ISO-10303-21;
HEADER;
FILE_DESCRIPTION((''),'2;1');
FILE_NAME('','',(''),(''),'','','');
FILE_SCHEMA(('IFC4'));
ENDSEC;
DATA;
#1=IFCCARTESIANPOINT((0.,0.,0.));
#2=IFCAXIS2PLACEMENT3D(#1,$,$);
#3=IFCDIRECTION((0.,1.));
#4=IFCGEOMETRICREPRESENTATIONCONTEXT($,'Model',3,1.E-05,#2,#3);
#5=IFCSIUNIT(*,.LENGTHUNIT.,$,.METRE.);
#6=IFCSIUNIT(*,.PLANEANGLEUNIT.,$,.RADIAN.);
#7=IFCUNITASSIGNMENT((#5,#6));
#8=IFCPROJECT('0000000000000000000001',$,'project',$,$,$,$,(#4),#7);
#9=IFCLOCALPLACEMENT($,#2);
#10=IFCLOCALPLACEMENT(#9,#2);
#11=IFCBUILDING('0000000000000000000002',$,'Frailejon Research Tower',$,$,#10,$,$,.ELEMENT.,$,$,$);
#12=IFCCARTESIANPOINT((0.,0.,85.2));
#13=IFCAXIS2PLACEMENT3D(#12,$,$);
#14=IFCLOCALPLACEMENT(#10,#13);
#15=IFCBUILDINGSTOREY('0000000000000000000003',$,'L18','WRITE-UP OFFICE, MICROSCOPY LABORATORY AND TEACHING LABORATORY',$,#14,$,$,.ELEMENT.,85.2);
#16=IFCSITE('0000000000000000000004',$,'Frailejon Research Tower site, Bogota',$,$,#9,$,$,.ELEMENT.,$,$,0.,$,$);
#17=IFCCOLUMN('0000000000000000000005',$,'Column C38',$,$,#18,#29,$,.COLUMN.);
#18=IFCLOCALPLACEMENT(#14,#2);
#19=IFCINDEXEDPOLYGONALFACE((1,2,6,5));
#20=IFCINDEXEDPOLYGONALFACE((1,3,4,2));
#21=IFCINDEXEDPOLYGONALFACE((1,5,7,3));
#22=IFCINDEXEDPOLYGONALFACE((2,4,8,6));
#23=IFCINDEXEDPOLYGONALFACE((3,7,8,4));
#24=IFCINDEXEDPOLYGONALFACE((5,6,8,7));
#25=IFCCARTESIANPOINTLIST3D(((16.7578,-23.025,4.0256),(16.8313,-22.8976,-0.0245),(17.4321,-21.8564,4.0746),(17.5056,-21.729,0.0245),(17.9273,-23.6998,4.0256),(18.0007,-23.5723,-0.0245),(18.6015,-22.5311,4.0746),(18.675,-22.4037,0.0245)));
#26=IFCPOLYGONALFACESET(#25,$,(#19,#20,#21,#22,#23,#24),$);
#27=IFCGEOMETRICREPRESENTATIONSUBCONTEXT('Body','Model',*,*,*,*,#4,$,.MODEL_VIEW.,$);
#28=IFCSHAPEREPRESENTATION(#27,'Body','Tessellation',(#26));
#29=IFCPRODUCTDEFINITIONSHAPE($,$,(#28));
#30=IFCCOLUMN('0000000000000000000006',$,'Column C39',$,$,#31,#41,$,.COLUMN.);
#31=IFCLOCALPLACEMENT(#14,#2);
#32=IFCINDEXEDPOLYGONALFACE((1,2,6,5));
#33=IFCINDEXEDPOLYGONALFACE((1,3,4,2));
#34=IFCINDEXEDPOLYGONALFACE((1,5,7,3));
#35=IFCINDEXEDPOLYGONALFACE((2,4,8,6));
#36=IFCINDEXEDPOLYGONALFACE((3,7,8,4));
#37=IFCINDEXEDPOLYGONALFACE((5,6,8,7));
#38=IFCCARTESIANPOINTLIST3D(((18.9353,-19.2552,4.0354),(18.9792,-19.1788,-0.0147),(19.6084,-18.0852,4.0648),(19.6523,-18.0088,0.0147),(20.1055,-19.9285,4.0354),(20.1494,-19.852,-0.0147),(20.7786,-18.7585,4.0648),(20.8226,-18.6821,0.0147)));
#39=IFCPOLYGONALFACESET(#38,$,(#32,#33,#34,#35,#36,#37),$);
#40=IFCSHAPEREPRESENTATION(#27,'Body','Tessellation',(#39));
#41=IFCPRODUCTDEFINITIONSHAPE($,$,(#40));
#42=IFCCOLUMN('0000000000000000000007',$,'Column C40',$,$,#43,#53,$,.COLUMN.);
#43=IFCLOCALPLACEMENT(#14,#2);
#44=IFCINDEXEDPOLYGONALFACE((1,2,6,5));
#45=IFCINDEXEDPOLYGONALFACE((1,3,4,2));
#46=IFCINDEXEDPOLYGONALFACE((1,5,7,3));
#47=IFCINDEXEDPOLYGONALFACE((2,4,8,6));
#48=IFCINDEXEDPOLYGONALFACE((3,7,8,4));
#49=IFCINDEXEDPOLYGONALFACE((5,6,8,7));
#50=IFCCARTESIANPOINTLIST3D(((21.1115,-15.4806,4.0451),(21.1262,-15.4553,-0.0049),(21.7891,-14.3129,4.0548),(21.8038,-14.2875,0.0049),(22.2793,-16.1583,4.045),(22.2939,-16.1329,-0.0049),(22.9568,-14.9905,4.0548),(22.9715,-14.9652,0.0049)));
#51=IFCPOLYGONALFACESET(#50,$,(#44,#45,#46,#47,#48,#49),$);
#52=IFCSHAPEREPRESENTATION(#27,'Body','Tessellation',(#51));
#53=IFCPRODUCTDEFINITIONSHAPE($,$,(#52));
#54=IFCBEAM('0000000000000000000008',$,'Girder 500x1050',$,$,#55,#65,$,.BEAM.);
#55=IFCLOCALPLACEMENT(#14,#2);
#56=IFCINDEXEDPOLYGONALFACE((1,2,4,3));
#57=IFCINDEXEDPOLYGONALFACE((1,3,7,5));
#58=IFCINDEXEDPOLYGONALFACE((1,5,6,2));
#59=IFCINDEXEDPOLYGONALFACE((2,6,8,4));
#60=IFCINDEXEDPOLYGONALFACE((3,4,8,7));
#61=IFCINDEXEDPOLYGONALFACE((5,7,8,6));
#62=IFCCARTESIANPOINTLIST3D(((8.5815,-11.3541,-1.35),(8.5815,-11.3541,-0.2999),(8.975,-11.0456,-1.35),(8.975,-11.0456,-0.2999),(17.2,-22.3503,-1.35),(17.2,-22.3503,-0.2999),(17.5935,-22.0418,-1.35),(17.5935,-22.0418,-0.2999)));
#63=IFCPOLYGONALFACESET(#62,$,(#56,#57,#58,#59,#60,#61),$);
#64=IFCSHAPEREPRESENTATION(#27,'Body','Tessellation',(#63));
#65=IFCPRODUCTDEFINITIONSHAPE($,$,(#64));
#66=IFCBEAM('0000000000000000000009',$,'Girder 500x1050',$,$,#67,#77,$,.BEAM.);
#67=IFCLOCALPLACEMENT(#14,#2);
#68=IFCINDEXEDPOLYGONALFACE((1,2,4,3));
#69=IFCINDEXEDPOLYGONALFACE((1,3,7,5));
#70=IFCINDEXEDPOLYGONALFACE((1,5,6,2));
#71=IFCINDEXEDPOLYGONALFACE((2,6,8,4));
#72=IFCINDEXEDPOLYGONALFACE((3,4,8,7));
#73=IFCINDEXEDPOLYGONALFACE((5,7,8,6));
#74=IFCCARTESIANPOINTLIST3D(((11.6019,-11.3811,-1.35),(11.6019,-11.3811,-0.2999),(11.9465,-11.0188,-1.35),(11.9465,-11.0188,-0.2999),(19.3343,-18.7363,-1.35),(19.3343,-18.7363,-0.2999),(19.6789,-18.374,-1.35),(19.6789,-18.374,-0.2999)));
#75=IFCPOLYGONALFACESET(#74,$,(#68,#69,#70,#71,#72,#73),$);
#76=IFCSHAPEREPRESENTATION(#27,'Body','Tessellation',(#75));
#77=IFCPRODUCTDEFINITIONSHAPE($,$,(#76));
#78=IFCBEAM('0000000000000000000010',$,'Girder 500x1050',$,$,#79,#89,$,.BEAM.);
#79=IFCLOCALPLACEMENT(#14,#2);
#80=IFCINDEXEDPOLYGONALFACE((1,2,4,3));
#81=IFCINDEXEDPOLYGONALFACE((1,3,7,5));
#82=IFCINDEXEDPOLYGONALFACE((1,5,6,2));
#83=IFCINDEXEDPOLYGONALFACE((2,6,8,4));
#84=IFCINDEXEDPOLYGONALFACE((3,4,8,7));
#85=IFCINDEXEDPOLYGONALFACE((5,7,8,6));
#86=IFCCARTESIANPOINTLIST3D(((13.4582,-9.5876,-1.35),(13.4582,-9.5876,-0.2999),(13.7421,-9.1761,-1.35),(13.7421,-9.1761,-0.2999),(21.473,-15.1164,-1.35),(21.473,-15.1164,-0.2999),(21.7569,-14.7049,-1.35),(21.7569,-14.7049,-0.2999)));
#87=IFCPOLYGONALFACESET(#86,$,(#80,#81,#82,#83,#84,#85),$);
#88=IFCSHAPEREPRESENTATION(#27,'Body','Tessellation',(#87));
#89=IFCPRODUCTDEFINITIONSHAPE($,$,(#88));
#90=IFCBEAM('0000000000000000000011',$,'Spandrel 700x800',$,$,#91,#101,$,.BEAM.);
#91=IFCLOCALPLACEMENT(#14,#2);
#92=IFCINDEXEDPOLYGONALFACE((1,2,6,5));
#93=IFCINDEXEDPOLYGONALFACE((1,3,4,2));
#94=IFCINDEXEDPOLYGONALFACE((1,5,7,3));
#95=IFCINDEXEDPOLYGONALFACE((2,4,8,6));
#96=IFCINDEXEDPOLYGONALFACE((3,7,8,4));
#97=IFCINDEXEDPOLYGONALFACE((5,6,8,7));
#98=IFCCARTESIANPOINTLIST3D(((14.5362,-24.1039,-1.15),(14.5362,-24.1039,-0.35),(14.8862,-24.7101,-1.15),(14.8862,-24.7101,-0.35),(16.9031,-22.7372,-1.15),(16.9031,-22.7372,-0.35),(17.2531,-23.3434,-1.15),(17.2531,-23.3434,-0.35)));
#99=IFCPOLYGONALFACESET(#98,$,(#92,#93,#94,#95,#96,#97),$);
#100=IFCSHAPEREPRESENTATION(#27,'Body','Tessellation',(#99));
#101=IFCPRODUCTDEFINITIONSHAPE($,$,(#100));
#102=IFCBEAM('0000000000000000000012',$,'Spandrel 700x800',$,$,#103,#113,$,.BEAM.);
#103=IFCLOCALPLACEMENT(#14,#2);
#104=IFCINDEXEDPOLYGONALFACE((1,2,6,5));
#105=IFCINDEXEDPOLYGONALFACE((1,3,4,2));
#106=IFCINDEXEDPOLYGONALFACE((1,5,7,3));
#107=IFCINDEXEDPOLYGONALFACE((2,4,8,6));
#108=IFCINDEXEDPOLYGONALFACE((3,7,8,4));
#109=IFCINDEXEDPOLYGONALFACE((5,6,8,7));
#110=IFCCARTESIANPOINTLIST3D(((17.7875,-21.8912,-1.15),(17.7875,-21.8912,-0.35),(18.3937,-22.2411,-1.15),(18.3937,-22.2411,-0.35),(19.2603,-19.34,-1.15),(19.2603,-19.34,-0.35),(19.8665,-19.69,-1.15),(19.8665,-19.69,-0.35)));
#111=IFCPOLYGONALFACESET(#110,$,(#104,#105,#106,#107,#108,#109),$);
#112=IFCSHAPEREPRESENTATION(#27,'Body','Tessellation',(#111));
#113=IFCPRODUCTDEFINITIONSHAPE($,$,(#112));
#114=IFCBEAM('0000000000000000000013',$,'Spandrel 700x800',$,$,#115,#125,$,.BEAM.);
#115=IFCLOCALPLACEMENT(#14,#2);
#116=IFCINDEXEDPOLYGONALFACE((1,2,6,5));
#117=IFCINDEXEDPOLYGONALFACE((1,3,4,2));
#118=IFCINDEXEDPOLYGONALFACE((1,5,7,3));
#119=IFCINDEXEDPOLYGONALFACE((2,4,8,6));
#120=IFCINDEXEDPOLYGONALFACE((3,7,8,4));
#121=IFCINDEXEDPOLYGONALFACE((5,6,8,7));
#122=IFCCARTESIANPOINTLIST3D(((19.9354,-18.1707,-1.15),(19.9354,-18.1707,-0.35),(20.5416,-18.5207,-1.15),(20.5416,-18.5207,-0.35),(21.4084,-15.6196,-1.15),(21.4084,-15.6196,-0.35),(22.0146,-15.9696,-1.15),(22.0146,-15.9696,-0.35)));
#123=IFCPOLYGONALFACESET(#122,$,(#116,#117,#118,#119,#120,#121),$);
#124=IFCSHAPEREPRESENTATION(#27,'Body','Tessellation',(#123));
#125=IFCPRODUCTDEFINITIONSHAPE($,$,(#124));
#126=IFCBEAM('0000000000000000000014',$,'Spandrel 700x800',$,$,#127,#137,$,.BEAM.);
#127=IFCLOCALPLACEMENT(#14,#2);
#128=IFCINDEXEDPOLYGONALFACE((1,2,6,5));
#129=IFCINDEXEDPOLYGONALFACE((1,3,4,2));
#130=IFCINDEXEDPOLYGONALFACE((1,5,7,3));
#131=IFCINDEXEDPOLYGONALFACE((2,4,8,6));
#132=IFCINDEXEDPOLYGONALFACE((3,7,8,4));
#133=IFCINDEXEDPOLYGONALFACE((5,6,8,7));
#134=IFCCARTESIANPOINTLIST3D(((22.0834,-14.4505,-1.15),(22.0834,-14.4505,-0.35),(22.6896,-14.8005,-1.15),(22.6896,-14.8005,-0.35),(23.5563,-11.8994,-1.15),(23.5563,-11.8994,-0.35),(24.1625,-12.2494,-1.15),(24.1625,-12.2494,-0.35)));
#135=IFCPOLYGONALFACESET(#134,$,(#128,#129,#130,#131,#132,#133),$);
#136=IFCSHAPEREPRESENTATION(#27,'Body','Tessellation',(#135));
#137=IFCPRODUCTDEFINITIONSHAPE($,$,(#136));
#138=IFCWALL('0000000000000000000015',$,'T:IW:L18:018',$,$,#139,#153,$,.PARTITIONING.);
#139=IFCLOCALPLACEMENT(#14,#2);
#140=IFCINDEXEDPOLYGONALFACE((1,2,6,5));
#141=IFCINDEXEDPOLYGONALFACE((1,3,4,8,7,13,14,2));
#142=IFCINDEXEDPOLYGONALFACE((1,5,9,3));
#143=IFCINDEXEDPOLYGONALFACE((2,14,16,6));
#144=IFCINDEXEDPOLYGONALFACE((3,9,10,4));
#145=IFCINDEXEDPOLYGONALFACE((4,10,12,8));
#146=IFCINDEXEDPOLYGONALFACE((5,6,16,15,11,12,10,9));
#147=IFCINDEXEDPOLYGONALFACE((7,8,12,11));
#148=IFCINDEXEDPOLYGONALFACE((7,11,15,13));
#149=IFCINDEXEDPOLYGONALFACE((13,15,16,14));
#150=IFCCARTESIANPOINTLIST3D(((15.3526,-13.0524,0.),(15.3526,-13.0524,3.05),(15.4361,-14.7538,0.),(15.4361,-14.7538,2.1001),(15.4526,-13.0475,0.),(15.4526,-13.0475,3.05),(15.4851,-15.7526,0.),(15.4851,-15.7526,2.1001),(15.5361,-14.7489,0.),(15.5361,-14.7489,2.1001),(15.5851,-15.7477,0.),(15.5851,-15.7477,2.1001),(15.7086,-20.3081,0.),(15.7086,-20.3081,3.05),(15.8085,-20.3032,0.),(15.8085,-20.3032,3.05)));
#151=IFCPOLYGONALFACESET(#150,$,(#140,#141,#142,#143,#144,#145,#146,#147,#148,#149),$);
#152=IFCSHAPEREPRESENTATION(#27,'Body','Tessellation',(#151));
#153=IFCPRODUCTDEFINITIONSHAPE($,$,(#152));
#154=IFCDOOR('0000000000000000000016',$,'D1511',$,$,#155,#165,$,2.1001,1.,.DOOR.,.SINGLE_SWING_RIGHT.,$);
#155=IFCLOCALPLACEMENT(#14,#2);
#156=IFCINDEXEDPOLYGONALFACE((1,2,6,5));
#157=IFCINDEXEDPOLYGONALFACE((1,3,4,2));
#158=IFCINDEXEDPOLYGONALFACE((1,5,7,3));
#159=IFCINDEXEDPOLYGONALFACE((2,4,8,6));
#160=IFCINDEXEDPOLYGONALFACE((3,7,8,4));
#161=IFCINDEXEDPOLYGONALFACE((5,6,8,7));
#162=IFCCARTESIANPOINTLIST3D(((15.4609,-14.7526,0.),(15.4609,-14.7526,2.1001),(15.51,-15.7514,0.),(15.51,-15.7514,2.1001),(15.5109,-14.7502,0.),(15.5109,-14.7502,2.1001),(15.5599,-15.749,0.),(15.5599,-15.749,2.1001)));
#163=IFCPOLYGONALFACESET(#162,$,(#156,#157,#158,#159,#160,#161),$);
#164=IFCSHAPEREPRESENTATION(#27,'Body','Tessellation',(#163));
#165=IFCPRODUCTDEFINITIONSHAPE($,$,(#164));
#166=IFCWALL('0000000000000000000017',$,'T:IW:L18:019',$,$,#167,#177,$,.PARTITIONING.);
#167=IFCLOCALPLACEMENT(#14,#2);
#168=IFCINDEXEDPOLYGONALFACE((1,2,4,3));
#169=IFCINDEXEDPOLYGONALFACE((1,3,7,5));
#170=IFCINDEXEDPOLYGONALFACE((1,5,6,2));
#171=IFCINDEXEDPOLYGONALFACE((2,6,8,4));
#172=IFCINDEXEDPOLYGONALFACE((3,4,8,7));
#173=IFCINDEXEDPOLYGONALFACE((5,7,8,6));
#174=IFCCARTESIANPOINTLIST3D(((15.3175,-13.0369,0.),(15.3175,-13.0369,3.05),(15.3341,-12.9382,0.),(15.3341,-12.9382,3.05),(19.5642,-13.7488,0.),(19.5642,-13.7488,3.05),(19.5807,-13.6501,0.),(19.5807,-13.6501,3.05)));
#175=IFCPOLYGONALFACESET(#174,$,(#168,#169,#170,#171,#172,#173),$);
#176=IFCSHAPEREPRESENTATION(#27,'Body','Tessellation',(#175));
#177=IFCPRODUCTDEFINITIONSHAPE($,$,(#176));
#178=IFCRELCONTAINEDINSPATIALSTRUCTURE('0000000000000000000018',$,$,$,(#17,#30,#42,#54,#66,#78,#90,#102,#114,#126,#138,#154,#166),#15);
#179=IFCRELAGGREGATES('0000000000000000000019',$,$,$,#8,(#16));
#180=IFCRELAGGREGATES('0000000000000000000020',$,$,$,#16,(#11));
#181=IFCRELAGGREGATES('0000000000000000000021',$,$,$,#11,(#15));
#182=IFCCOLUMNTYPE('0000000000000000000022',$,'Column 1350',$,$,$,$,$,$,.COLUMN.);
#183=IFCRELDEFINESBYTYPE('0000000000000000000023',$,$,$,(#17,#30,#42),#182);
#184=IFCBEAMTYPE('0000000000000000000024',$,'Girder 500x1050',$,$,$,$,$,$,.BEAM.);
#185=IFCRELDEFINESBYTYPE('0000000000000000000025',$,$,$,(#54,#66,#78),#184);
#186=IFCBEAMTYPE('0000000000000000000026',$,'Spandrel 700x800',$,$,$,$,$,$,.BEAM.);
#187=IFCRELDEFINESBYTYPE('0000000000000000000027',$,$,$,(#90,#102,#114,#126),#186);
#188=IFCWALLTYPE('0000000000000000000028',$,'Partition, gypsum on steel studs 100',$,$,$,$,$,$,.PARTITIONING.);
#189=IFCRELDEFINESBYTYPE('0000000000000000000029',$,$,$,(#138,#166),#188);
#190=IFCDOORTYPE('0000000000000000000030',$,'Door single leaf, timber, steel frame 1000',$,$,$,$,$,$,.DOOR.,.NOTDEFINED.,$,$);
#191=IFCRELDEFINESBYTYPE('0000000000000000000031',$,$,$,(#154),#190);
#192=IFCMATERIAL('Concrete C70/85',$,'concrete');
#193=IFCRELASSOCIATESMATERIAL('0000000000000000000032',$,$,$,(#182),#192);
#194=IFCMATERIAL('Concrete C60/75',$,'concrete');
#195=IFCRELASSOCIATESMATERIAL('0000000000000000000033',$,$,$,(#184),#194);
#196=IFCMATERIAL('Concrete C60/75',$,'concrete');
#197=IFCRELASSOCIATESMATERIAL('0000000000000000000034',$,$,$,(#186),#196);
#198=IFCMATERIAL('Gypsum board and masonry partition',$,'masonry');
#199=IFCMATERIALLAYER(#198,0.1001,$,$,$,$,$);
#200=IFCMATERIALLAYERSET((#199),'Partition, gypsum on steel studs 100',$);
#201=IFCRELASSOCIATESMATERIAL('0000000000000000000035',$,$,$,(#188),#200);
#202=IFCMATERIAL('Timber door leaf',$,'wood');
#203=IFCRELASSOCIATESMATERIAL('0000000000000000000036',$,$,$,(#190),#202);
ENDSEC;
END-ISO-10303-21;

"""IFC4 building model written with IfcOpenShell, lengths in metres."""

from ifc_helpers import new_model, si_unit, direction, frame, frame_2d, origin, origin_2d, place, context, subcontext, project, spatial, rectangle, extrude, material, layer, layer_set, material_profile, profile_set, type_object, element, fill, save


model = new_model("IFC4")

# Units and contexts
model_context = context("Model", 3, precision=1e-05, world=origin(), true_north=direction((0.0, 1.0)))
body_context = subcontext(model_context, "Body", "Model", "MODEL_VIEW")
ifc_project = project(units=[si_unit("LENGTHUNIT", "METRE"), si_unit("PLANEANGLEUNIT", "RADIAN")], contexts=[model_context])

# Site, building, storey
site_placement = place(None, origin())
site = spatial("IfcSite", under=ifc_project, at=site_placement, Name="Frailejon Research Tower site, Bogota", CompositionType="ELEMENT", RefElevation=0.0)
building_placement = place(site_placement, origin())
building = spatial("IfcBuilding", under=site, at=building_placement, Name="Frailejon Research Tower", CompositionType="ELEMENT")
storey_placement = place(building_placement, frame((0.0, 0.0, 85.2)))
storey = spatial("IfcBuildingStorey", under=building, at=storey_placement, Name="L18", Description="WRITE-UP OFFICE, MICROSCOPY LABORATORY AND TEACHING LABORATORY", CompositionType="ELEMENT", Elevation=85.2)

# Columns
ifc_material_1 = material(Name="Concrete C70/85", Category="concrete")
ifc_material_profile_1 = material_profile(ifc_material_1, rectangle(XDim=1.3501, YDim=1.3501, at=origin_2d()), Name="Column 1350")
ifc_profile_set_1 = profile_set([ifc_material_profile_1], Name="Concrete C70/85")
column_type = type_object("IfcColumnType", Name="Column 1350", PredefinedType="COLUMN", material=ifc_profile_set_1)
column_1_placement = place(storey_placement, frame((17.7532, -22.6506, 0.0), z_axis=(-0.018133, -0.031446, 0.999341), x_axis=(0.499425, 0.865596, 0.036299)))
element("IfcColumn", 1, at=column_1_placement, inside=storey, type_object=column_type, Name="Column C38", PredefinedType="COLUMN", context=body_context, shape_type="SweptSolid", body=[
    extrude(rectangle(XDim=1.3501, YDim=1.3501, at=origin_2d()), origin(), (0.0, 0.0, 1.0), 4.0527),
])
column_2_placement = place(storey_placement, frame((19.9009, -18.9304, 0.0), z_axis=(-0.010848, -0.018863, 0.999763), x_axis=(0.498562, 0.866581, 0.02176)))
element("IfcColumn", 2, at=column_2_placement, inside=storey, type_object=column_type, Name="Column C39", PredefinedType="COLUMN", context=body_context, shape_type="SweptSolid", body=[
    extrude(rectangle(XDim=1.3501, YDim=1.3501, at=origin_2d()), origin(), (0.0, 0.0, 1.0), 4.051),
])
column_3_placement = place(storey_placement, frame((22.0488, -15.2102, 0.0), z_axis=(-0.003617, -0.006269, 0.999974), x_axis=(0.501883, 0.864905, 0.007238)))
element("IfcColumn", 3, at=column_3_placement, inside=storey, type_object=column_type, Name="Column C40", PredefinedType="COLUMN", context=body_context, shape_type="SweptSolid", body=[
    extrude(rectangle(XDim=1.3501, YDim=1.3501, at=origin_2d()), origin(), (0.0, 0.0, 1.0), 4.05),
])

# Beams
ifc_material_2 = material(Name="Concrete C60/75", Category="concrete")
ifc_material_profile_2 = material_profile(ifc_material_2, rectangle(XDim=0.5, YDim=1.05, at=origin_2d()), Name="Girder 500x1050")
ifc_profile_set_2 = profile_set([ifc_material_profile_2], Name="Concrete C60/75")
beam_type_1 = type_object("IfcBeamType", Name="Girder 500x1050", PredefinedType="BEAM", material=ifc_profile_set_2)
beam_1_placement = place(storey_placement, frame((17.3967, -22.196, -0.825), z_axis=(-0.616875, 0.787061, 0.0), x_axis=(-0.787061, -0.616875, 0.0)))
element("IfcBeam", 4, at=beam_1_placement, inside=storey, type_object=beam_type_1, Name="Girder 500x1050", PredefinedType="BEAM", context=body_context, shape_type="SweptSolid", body=[
    extrude(rectangle(XDim=0.5, YDim=1.05, at=origin_2d()), origin(), (0.0, 0.0, 1.0), 13.9712),
])
beam_2_placement = place(storey_placement, frame((19.5066, -18.5552, -0.825), z_axis=(-0.724558, 0.689213, 0.0), x_axis=(-0.689213, -0.724558, 0.0)))
element("IfcBeam", 5, at=beam_2_placement, inside=storey, type_object=beam_type_1, Name="Girder 500x1050", PredefinedType="BEAM", context=body_context, shape_type="SweptSolid", body=[
    extrude(rectangle(XDim=0.5, YDim=1.05, at=origin_2d()), origin(), (0.0, 0.0, 1.0), 10.6719),
])
beam_3_placement = place(storey_placement, frame((21.615, -14.9106, -0.825), z_axis=(-0.823151, 0.567823, 0.0), x_axis=(-0.567823, -0.823151, 0.0)))
element("IfcBeam", 6, at=beam_3_placement, inside=storey, type_object=beam_type_1, Name="Girder 500x1050", PredefinedType="BEAM", context=body_context, shape_type="SweptSolid", body=[
    extrude(rectangle(XDim=0.5, YDim=1.05, at=origin_2d()), origin(), (0.0, 0.0, 1.0), 9.7368),
])
ifc_material_3 = material(Name="Concrete C60/75", Category="concrete")
ifc_material_profile_3 = material_profile(ifc_material_3, rectangle(XDim=0.7, YDim=0.8, at=origin_2d()), Name="Spandrel 700x800")
ifc_profile_set_3 = profile_set([ifc_material_profile_3], Name="Concrete C60/75")
beam_type_2 = type_object("IfcBeamType", Name="Spandrel 700x800", PredefinedType="BEAM", material=ifc_profile_set_3)
beam_4_placement = place(storey_placement, frame((14.7112, -24.407, -0.75), z_axis=(0.866003, 0.500039, 0.0), x_axis=(-0.500039, 0.866003, 0.0)))
element("IfcBeam", 7, at=beam_4_placement, inside=storey, type_object=beam_type_2, Name="Spandrel 700x800", PredefinedType="BEAM", context=body_context, shape_type="SweptSolid", body=[
    extrude(rectangle(XDim=0.7, YDim=0.8, at=origin_2d()), origin(), (0.0, 0.0, 1.0), 2.7332),
])
for number, where, z_axis, x_axis, name in (
    (8, (18.0906, -22.0662, -0.75), (0.499981, 0.866037, 0.0), (-0.866037, 0.499981, 0.0), "Spandrel 700x800"),
    (9, (20.2385, -18.3457, -0.75), (0.500017, 0.866016, 0.0), (-0.866016, 0.500017, 0.0), "Spandrel 700x800"),
    (10, (22.3865, -14.6255, -0.75), (0.500017, 0.866016, 0.0), (-0.866016, 0.500017, 0.0), "Spandrel 700x800"),
):
    element("IfcBeam", number, at=place(storey_placement, frame(where, z_axis=z_axis, x_axis=x_axis)), inside=storey, type_object=beam_type_2, Name=name, PredefinedType="BEAM", context=body_context, shape_type="SweptSolid", body=[
        extrude(rectangle(XDim=0.7, YDim=0.8, at=origin_2d()), origin(), (0.0, 0.0, 1.0), 2.9458),
    ])

# Wall, opening, door
ifc_material_4 = material(Name="Gypsum board and masonry partition", Category="masonry")
ifc_layer_1 = layer(ifc_material_4, 0.1001)
ifc_layer_set_1 = layer_set([ifc_layer_1], Name="Partition, gypsum on steel studs 100")
wall_type_1 = type_object("IfcWallType", Name="Partition, gypsum on steel studs 100", PredefinedType="PARTITIONING", material=ifc_layer_set_1)
wall_1_placement = place(storey_placement, frame((15.4026, -13.0498, 0.0), z_axis=(0.0, 0.0, 1.0), x_axis=(0.049001, -0.998799, 0.0)))
wall_1 = element("IfcWall", 11, at=wall_1_placement, inside=storey, type_object=wall_type_1, Name="T:IW:L18:018", PredefinedType="PARTITIONING", context=body_context, shape_type="SweptSolid", body=[
    extrude(rectangle(XDim=7.2644, YDim=0.1001, at=frame_2d((3.6323, 0.0))), origin(), (0.0, 0.0, 1.0), 3.05),
])
opening_1_placement = place(wall_1_placement, frame((1.7036, 0.0, 0.0)))
opening_1 = element("IfcOpeningElement", 12, at=opening_1_placement, cuts=wall_1, PredefinedType="OPENING", context=body_context, shape_type="SweptSolid", body=[
    extrude(rectangle(XDim=1.0, YDim=2.1001, at=frame_2d((0.5, 1.05))), frame((0.0, 0.0601, 0.0), z_axis=(0.0, -1.0, 0.0), x_axis=(1.0, 0.0, 0.0)), (0.0, 0.0, 1.0), 0.1201),
])
ifc_material_5 = material(Name="Timber door leaf", Category="wood")
door_type_1 = type_object("IfcDoorType", Name="Door single leaf, timber, steel frame 1000", OperationType="NOTDEFINED", PredefinedType="DOOR", material=ifc_material_5)
door_1_placement = place(opening_1_placement, origin())
door_1 = element("IfcDoor", 13, at=door_1_placement, inside=storey, type_object=door_type_1, Name="D1511", OperationType="SINGLE_SWING_RIGHT", OverallHeight=2.1001, OverallWidth=1.0, PredefinedType="DOOR", context=body_context, shape_type="SweptSolid", body=[
    extrude(rectangle(XDim=1.0, YDim=2.1001, at=frame_2d((0.5, 1.05))), frame((0.0, 0.0249, 0.0), z_axis=(0.0, -1.0, 0.0), x_axis=(1.0, 0.0, 0.0)), (0.0, 0.0, 1.0), 0.05),
])
fill(opening_1, door_1)

# Wall
wall_2_placement = place(storey_placement, frame((15.3259, -12.9875, 0.0), z_axis=(0.0, 0.0, 1.0), x_axis=(0.986237, -0.165337, 0.0)))
element("IfcWall", 14, at=wall_2_placement, inside=storey, type_object=wall_type_1, Name="T:IW:L18:019", PredefinedType="PARTITIONING", context=body_context, shape_type="SweptSolid", body=[
    extrude(rectangle(XDim=4.3059, YDim=0.1001, at=frame_2d((2.1528, 0.0))), origin(), (0.0, 0.0, 1.0), 3.05),
])

save(model, "model.ifc")
